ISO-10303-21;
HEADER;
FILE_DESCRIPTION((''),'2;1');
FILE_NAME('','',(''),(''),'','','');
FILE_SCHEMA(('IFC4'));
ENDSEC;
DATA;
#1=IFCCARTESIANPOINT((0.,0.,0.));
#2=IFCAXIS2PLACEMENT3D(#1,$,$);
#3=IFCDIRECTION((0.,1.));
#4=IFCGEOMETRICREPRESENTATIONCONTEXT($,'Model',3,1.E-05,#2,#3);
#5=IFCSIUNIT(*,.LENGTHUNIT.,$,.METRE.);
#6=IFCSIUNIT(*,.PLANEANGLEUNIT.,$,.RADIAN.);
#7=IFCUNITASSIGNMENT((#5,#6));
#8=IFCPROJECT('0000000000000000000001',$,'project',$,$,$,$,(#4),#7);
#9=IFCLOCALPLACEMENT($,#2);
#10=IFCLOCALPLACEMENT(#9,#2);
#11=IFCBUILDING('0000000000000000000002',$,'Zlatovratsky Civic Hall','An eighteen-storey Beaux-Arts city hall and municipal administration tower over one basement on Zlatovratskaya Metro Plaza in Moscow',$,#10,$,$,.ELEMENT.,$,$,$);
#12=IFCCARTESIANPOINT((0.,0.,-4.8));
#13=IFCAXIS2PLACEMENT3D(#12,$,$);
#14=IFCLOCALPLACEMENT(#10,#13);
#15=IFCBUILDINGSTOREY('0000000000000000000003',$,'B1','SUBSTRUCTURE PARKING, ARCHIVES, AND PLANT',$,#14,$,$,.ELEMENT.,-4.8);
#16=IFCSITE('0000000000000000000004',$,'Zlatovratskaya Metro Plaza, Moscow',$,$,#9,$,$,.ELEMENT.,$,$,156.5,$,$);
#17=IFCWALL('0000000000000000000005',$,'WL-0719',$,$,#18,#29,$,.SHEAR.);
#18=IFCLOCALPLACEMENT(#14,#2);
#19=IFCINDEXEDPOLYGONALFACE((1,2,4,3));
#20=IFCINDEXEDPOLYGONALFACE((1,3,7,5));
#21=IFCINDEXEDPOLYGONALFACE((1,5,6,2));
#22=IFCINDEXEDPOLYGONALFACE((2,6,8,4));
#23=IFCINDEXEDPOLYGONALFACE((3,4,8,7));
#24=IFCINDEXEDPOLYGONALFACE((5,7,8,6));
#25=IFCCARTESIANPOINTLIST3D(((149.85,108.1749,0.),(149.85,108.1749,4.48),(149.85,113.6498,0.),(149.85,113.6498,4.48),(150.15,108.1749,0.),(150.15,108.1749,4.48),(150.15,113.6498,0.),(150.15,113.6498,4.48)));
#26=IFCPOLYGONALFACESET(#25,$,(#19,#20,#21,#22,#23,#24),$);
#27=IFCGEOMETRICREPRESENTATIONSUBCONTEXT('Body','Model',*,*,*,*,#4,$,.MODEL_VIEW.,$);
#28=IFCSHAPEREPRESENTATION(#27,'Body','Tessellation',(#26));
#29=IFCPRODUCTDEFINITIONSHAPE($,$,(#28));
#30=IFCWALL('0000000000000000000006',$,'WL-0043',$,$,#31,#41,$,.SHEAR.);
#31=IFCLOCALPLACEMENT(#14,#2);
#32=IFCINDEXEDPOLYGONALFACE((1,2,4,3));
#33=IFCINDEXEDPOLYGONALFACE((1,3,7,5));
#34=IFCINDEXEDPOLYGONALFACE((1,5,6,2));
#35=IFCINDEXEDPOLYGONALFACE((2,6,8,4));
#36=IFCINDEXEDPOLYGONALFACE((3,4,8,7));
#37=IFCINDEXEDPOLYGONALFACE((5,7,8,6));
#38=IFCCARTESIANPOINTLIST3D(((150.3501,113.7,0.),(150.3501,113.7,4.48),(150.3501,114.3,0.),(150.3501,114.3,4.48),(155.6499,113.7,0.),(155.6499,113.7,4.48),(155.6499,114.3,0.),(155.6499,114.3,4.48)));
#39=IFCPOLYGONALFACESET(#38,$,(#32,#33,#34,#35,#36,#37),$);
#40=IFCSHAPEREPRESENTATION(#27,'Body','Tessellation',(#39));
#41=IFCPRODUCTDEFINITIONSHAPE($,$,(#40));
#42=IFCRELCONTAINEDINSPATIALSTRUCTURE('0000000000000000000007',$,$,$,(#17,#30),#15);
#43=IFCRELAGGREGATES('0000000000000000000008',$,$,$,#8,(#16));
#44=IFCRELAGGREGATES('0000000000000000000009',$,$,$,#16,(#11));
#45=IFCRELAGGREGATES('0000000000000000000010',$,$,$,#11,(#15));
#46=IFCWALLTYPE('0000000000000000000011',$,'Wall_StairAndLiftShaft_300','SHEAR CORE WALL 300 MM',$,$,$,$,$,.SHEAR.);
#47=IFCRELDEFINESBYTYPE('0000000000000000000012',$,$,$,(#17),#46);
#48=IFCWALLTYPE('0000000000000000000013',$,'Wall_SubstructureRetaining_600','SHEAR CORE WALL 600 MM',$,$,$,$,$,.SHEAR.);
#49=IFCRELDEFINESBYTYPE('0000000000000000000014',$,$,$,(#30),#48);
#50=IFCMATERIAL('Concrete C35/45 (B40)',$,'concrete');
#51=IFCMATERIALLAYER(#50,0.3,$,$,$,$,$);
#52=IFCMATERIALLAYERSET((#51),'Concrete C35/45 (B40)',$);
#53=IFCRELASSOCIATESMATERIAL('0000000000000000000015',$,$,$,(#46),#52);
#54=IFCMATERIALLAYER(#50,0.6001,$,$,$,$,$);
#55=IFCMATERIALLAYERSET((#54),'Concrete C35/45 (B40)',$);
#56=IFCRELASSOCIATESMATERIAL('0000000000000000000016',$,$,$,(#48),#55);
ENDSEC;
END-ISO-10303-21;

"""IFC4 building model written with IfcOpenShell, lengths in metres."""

from ifc_helpers import new_model, si_unit, direction, frame, frame_2d, origin, place, context, subcontext, project, spatial, rectangle, extrude, material, layer, layer_set, type_object, element, save


model = new_model("IFC4")

# Units and contexts
model_context = context("Model", 3, precision=1e-05, world=origin(), true_north=direction((0.0, 1.0)))
body_context = subcontext(model_context, "Body", "Model", "MODEL_VIEW")
ifc_project = project(units=[si_unit("LENGTHUNIT", "METRE"), si_unit("PLANEANGLEUNIT", "RADIAN")], contexts=[model_context])

# Site, building, storey
site_placement = place(None, origin())
site = spatial("IfcSite", under=ifc_project, at=site_placement, Name="Zlatovratskaya Metro Plaza, Moscow", CompositionType="ELEMENT", RefElevation=156.5)
building_placement = place(site_placement, origin())
building = spatial("IfcBuilding", under=site, at=building_placement, Name="Zlatovratsky Civic Hall", Description="An eighteen-storey Beaux-Arts city hall and municipal administration tower over one basement on Zlatovratskaya Metro Plaza in Moscow", CompositionType="ELEMENT")
storey_placement = place(building_placement, frame((0.0, 0.0, -4.8)))
storey = spatial("IfcBuildingStorey", under=building, at=storey_placement, Name="B1", Description="SUBSTRUCTURE PARKING, ARCHIVES, AND PLANT", CompositionType="ELEMENT", Elevation=-4.8)

# Shared definitions
ifc_material_1 = material(Name="Concrete C35/45 (B40)", Category="concrete")

# Walls
ifc_layer_1 = layer(ifc_material_1, 0.3)
ifc_layer_set_1 = layer_set([ifc_layer_1], Name="Concrete C35/45 (B40)")
wall_type_1 = type_object("IfcWallType", Name="Wall_StairAndLiftShaft_300", Description="SHEAR CORE WALL 300 MM", PredefinedType="SHEAR", material=ifc_layer_set_1)
wall_1_placement = place(storey_placement, frame((150.0, 108.175, 0.0), z_axis=(0.0, 0.0, 1.0), x_axis=(0.0, 1.0, 0.0)))
element("IfcWall", 1, at=wall_1_placement, inside=storey, type_object=wall_type_1, Name="WL-0719", PredefinedType="SHEAR", context=body_context, shape_type="SweptSolid", body=[
    extrude(rectangle(XDim=5.4749, YDim=0.3, at=frame_2d((2.7373, 0.0))), origin(), (0.0, 0.0, 1.0), 4.48),
])
ifc_layer_2 = layer(ifc_material_1, 0.6001)
ifc_layer_set_2 = layer_set([ifc_layer_2], Name="Concrete C35/45 (B40)")
wall_type_2 = type_object("IfcWallType", Name="Wall_SubstructureRetaining_600", Description="SHEAR CORE WALL 600 MM", PredefinedType="SHEAR", material=ifc_layer_set_2)
wall_2_placement = place(storey_placement, frame((150.3501, 114.0, 0.0), z_axis=(0.0, 0.0, 1.0), x_axis=(1.0, 0.0, 0.0)))
element("IfcWall", 2, at=wall_2_placement, inside=storey, type_object=wall_type_2, Name="WL-0043", PredefinedType="SHEAR", context=body_context, shape_type="SweptSolid", body=[
    extrude(rectangle(XDim=5.2998, YDim=0.6001, at=frame_2d((2.6499, 0.0))), origin(), (0.0, 0.0, 1.0), 4.48),
])

save(model, "model.ifc")
